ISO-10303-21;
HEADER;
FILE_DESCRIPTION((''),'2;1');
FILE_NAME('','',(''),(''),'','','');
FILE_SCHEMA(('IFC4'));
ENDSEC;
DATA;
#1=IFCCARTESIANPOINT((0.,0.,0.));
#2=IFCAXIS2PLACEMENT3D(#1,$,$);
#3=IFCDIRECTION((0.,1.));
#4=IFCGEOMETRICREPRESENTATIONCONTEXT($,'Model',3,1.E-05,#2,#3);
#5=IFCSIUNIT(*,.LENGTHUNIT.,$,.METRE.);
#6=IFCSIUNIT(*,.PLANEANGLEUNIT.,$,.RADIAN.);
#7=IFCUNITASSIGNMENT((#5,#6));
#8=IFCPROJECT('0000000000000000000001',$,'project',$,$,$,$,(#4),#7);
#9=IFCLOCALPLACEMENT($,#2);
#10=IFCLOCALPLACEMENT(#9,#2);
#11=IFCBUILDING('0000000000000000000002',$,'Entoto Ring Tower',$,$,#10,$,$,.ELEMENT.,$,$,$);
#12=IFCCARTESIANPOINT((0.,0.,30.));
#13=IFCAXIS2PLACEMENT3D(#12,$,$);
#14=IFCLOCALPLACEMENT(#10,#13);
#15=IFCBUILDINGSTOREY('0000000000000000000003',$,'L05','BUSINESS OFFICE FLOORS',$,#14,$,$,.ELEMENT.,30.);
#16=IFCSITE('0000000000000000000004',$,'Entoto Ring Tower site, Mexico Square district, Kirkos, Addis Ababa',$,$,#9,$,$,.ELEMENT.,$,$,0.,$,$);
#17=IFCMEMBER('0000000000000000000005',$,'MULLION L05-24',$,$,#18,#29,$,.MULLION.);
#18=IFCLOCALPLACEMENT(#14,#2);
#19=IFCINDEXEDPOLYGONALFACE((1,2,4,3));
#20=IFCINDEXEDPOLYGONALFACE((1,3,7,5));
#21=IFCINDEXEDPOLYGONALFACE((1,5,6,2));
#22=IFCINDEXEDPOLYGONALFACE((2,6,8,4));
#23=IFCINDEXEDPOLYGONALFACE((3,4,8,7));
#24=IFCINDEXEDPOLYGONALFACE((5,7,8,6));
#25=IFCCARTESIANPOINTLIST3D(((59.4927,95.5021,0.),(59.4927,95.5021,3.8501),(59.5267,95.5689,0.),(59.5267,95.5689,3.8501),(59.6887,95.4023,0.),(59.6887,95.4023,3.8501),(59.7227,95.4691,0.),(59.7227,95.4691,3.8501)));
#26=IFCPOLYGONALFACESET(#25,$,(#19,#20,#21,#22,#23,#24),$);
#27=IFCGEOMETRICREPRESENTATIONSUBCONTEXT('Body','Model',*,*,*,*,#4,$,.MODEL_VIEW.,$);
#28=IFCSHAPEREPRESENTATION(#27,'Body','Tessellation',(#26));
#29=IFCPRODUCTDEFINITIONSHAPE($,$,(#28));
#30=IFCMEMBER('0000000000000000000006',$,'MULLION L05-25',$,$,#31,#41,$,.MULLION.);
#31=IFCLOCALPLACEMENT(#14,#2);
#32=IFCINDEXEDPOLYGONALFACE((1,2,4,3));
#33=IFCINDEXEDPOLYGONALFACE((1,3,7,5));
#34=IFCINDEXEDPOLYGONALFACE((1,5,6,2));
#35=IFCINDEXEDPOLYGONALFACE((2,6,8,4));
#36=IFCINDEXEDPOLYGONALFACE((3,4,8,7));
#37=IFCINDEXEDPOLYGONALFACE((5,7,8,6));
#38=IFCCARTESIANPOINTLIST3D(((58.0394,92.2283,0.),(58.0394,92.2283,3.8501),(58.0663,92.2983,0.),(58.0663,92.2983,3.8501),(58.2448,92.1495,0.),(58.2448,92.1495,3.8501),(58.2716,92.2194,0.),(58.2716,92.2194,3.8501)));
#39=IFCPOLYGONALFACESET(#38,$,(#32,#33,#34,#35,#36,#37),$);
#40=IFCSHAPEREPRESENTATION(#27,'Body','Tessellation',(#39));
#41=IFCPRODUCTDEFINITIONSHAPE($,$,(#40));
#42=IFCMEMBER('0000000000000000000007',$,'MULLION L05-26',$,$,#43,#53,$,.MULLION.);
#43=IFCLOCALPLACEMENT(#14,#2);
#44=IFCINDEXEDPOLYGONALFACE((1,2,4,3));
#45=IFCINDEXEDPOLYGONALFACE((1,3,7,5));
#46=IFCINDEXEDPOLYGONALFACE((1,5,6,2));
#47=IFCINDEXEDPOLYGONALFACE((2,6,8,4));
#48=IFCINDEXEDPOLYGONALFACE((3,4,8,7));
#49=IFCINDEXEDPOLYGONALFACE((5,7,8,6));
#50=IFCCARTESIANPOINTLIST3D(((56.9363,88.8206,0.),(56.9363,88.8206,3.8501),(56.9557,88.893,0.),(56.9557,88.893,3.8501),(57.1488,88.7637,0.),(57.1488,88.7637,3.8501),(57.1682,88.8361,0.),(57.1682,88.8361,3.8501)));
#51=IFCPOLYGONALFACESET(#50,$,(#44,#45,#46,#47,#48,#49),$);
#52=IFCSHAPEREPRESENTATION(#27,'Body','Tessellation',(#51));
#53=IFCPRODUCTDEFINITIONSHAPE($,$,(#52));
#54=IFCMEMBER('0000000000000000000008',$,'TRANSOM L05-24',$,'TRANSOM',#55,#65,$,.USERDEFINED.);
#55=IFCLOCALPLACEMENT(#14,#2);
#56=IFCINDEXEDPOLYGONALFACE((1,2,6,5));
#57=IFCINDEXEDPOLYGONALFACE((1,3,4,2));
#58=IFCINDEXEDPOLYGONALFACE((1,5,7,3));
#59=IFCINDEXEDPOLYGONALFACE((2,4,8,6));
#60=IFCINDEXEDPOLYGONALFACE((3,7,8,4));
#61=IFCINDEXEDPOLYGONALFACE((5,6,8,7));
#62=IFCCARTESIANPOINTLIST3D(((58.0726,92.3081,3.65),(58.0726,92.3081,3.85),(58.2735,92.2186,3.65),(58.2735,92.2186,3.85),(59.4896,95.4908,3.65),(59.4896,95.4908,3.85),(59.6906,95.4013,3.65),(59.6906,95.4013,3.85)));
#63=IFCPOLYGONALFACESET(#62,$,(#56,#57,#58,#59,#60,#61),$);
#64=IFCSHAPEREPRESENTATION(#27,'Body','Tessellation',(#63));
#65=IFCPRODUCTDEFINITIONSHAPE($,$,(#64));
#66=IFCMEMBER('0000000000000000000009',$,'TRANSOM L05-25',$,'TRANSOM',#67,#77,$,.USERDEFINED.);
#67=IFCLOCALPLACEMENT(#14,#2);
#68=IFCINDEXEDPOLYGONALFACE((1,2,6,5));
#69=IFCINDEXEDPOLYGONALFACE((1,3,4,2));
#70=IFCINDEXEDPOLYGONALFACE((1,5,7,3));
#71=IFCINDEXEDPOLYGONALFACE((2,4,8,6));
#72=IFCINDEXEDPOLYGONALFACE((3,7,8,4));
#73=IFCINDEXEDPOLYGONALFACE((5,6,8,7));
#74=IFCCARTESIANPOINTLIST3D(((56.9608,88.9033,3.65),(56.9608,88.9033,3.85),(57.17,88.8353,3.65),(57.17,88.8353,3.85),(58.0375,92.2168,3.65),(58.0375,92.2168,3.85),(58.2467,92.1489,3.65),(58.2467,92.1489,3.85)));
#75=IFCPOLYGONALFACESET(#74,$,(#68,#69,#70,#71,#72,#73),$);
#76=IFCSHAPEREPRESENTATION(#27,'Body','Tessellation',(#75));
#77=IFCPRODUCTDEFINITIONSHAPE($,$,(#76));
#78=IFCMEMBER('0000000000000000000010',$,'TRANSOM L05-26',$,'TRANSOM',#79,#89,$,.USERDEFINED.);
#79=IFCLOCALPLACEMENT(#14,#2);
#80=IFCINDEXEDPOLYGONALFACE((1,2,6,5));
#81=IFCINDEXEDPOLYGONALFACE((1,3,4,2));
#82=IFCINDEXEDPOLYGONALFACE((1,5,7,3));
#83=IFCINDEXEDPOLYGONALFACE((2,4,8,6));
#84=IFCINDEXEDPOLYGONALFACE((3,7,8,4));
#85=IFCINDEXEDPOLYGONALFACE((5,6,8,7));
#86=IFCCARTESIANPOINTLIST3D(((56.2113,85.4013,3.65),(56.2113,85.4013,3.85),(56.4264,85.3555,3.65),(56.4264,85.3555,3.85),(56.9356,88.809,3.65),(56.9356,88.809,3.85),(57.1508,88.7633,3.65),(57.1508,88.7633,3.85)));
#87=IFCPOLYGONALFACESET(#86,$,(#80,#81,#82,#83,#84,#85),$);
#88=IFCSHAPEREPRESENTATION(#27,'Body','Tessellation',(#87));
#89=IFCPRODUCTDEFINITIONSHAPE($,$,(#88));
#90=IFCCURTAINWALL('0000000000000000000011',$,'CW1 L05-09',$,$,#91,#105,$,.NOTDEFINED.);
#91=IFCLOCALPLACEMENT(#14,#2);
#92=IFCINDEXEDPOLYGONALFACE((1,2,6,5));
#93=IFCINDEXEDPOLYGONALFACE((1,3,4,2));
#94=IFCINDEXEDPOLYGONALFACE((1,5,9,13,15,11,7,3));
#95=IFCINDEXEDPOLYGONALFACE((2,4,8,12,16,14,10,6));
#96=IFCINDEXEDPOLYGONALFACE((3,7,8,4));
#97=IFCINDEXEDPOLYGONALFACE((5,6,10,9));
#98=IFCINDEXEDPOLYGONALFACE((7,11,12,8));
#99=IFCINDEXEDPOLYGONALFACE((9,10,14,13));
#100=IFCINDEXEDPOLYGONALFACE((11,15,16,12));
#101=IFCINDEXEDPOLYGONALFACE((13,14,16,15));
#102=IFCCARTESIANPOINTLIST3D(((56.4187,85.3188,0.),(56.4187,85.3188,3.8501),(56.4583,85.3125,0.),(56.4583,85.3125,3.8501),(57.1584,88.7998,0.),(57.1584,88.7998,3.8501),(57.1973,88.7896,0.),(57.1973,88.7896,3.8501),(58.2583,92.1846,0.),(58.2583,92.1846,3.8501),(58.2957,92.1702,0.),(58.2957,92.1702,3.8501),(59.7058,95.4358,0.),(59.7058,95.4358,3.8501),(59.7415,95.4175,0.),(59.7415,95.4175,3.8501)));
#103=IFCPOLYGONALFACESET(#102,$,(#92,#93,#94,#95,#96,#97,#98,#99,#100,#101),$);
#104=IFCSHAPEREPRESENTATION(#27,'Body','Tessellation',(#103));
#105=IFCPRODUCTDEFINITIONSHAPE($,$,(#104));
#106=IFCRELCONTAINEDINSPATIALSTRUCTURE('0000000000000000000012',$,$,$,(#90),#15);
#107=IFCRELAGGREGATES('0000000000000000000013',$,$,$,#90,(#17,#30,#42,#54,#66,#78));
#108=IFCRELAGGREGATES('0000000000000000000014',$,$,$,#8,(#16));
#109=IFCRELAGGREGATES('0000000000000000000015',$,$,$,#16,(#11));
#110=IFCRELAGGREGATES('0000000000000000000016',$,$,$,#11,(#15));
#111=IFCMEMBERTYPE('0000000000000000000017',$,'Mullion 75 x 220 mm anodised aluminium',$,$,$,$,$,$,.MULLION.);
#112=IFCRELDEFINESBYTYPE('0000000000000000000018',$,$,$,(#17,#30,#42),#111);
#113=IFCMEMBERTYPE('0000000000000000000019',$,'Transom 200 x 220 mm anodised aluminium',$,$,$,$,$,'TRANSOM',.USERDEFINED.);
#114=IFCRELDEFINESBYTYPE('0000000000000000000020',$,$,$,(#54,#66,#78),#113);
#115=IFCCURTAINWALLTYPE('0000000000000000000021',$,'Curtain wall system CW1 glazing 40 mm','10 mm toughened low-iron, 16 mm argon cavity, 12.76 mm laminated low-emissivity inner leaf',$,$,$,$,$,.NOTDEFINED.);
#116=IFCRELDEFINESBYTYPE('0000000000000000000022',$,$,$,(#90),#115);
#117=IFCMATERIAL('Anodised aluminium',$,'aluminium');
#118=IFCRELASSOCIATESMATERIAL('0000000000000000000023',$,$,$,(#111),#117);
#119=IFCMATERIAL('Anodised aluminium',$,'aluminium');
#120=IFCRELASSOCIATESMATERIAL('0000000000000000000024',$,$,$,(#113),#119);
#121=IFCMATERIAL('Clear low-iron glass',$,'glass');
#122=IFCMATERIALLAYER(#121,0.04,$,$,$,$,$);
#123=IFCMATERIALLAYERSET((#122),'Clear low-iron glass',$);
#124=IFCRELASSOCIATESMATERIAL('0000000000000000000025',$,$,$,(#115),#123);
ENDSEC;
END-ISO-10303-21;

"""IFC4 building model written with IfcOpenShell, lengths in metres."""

from ifc_helpers import new_model, si_unit, direction, frame, origin, origin_2d, place, context, subcontext, project, spatial, polyline, rectangle, outline, extrude, material, layer, layer_set, material_profile, profile_set, type_object, element, aggregate, save


model = new_model("IFC4")

# Units and contexts
model_context = context("Model", 3, precision=1e-05, world=origin(), true_north=direction((0.0, 1.0)))
body_context = subcontext(model_context, "Body", "Model", "MODEL_VIEW")
ifc_project = project(units=[si_unit("LENGTHUNIT", "METRE"), si_unit("PLANEANGLEUNIT", "RADIAN")], contexts=[model_context])

# Members
ifc_material_1 = material(Name="Anodised aluminium", Category="aluminium")
ifc_material_profile_1 = material_profile(ifc_material_1, rectangle(XDim=0.075, YDim=0.22, at=origin_2d()), Name="Mullion 75 x 220 mm anodised aluminium")
ifc_profile_set_1 = profile_set([ifc_material_profile_1], Name="Anodised aluminium")
member_type_1 = type_object("IfcMemberType", Name="Mullion 75 x 220 mm anodised aluminium", PredefinedType="MULLION", material=ifc_profile_set_1)
site_placement = place(None, origin())
building_placement = place(site_placement, origin())
storey_placement = place(building_placement, frame((0.0, 0.0, 30.0)))
member_1_placement = place(storey_placement, frame((59.6077, 95.4856, 0.0), z_axis=(0.0, 0.0, 1.0), x_axis=(-0.45399, -0.891007, 0.0)))
member_1 = element("IfcMember", 1, at=member_1_placement, type_object=member_type_1, Name="MULLION L05-24", PredefinedType="MULLION", context=body_context, shape_type="SweptSolid", body=[
    extrude(rectangle(XDim=0.075, YDim=0.22, at=origin_2d()), origin(), (0.0, 0.0, 1.0), 3.8501),
])
member_2_placement = place(storey_placement, frame((58.1555, 92.2239, 0.0), z_axis=(0.0, 0.0, 1.0), x_axis=(-0.358368, -0.93358, 0.0)))
member_2 = element("IfcMember", 2, at=member_2_placement, type_object=member_type_1, Name="MULLION L05-25", PredefinedType="MULLION", context=body_context, shape_type="SweptSolid", body=[
    extrude(rectangle(XDim=0.075, YDim=0.22, at=origin_2d()), origin(), (0.0, 0.0, 1.0), 3.8501),
])
member_3_placement = place(storey_placement, frame((57.0522, 88.8284, 0.0), z_axis=(0.0, 0.0, 1.0), x_axis=(-0.258819, -0.965926, 0.0)))
member_3 = element("IfcMember", 3, at=member_3_placement, type_object=member_type_1, Name="MULLION L05-26", PredefinedType="MULLION", context=body_context, shape_type="SweptSolid", body=[
    extrude(rectangle(XDim=0.075, YDim=0.22, at=origin_2d()), origin(), (0.0, 0.0, 1.0), 3.8501),
])
ifc_material_2 = material(Name="Anodised aluminium", Category="aluminium")
ifc_material_profile_2 = material_profile(ifc_material_2, rectangle(XDim=0.22, YDim=0.2, at=origin_2d()), Name="Transom 200 x 220 mm anodised aluminium")
ifc_profile_set_2 = profile_set([ifc_material_profile_2], Name="Anodised aluminium")
member_type_2 = type_object("IfcMemberType", Name="Transom 200 x 220 mm anodised aluminium", ElementType="TRANSOM", PredefinedType="USERDEFINED", material=ifc_profile_set_2)
member_4_placement = place(storey_placement, frame((59.5901, 95.446, 3.75), z_axis=(-0.406737, -0.913545, 0.0), x_axis=(0.913545, -0.406737, 0.0)))
member_4 = element("IfcMember", 4, at=member_4_placement, type_object=member_type_2, Name="TRANSOM L05-24", ObjectType="TRANSOM", PredefinedType="USERDEFINED", context=body_context, shape_type="SweptSolid", body=[
    extrude(rectangle(XDim=0.22, YDim=0.2, at=origin_2d()), origin(), (0.0, 0.0, 1.0), 3.4839),
])
member_5_placement = place(storey_placement, frame((58.1421, 92.1829, 3.75), z_axis=(-0.309029, -0.951053, 0.0), x_axis=(0.951053, -0.309029, 0.0)))
member_5 = element("IfcMember", 5, at=member_5_placement, type_object=member_type_2, Name="TRANSOM L05-25", ObjectType="TRANSOM", PredefinedType="USERDEFINED", context=body_context, shape_type="SweptSolid", body=[
    extrude(rectangle(XDim=0.22, YDim=0.2, at=origin_2d()), origin(), (0.0, 0.0, 1.0), 3.4841),
])
member_6_placement = place(storey_placement, frame((57.0432, 88.7861, 3.75), z_axis=(-0.207921, -0.978146, 0.0), x_axis=(0.978146, -0.207921, 0.0)))
member_6 = element("IfcMember", 6, at=member_6_placement, type_object=member_type_2, Name="TRANSOM L05-26", ObjectType="TRANSOM", PredefinedType="USERDEFINED", context=body_context, shape_type="SweptSolid", body=[
    extrude(rectangle(XDim=0.22, YDim=0.2, at=origin_2d()), origin(), (0.0, 0.0, 1.0), 3.4839),
])

# Site, building, storey
site = spatial("IfcSite", under=ifc_project, at=site_placement, Name="Entoto Ring Tower site, Mexico Square district, Kirkos, Addis Ababa", CompositionType="ELEMENT", RefElevation=0.0)
building = spatial("IfcBuilding", under=site, at=building_placement, Name="Entoto Ring Tower", CompositionType="ELEMENT")
storey = spatial("IfcBuildingStorey", under=building, at=storey_placement, Name="L05", Description="BUSINESS OFFICE FLOORS", CompositionType="ELEMENT", Elevation=30.0)

# Curtain wall
ifc_material_3 = material(Name="Clear low-iron glass", Category="glass")
ifc_layer = layer(ifc_material_3, 0.04)
ifc_layer_set = layer_set([ifc_layer], Name="Clear low-iron glass")
curtain_wall_type = type_object("IfcCurtainWallType", Name="Curtain wall system CW1 glazing 40 mm", Description="10 mm toughened low-iron, 16 mm argon cavity, 12.76 mm laminated low-emissivity inner leaf", PredefinedType="NOTDEFINED", material=ifc_layer_set)
curtain_wall_1_placement = place(storey_placement, origin())
curtain_wall_1 = element("IfcCurtainWall", 7, at=curtain_wall_1_placement, inside=storey, type_object=curtain_wall_type, Name="CW1 L05-09", PredefinedType="NOTDEFINED", context=body_context, shape_type="SweptSolid", body=[
    extrude(outline(polyline([(59.7058, 95.4358), (58.2583, 92.1846), (57.1584, 88.7998), (56.4187, 85.3188), (56.4583, 85.3125), (57.1973, 88.7896), (58.2957, 92.1702), (59.7415, 95.4175), (59.7058, 95.4358)])), origin(), (0.0, 0.0, 1.0), 3.8501),
])
aggregate(curtain_wall_1, [member_1, member_2, member_3, member_4, member_5, member_6])

save(model, "model.ifc")
